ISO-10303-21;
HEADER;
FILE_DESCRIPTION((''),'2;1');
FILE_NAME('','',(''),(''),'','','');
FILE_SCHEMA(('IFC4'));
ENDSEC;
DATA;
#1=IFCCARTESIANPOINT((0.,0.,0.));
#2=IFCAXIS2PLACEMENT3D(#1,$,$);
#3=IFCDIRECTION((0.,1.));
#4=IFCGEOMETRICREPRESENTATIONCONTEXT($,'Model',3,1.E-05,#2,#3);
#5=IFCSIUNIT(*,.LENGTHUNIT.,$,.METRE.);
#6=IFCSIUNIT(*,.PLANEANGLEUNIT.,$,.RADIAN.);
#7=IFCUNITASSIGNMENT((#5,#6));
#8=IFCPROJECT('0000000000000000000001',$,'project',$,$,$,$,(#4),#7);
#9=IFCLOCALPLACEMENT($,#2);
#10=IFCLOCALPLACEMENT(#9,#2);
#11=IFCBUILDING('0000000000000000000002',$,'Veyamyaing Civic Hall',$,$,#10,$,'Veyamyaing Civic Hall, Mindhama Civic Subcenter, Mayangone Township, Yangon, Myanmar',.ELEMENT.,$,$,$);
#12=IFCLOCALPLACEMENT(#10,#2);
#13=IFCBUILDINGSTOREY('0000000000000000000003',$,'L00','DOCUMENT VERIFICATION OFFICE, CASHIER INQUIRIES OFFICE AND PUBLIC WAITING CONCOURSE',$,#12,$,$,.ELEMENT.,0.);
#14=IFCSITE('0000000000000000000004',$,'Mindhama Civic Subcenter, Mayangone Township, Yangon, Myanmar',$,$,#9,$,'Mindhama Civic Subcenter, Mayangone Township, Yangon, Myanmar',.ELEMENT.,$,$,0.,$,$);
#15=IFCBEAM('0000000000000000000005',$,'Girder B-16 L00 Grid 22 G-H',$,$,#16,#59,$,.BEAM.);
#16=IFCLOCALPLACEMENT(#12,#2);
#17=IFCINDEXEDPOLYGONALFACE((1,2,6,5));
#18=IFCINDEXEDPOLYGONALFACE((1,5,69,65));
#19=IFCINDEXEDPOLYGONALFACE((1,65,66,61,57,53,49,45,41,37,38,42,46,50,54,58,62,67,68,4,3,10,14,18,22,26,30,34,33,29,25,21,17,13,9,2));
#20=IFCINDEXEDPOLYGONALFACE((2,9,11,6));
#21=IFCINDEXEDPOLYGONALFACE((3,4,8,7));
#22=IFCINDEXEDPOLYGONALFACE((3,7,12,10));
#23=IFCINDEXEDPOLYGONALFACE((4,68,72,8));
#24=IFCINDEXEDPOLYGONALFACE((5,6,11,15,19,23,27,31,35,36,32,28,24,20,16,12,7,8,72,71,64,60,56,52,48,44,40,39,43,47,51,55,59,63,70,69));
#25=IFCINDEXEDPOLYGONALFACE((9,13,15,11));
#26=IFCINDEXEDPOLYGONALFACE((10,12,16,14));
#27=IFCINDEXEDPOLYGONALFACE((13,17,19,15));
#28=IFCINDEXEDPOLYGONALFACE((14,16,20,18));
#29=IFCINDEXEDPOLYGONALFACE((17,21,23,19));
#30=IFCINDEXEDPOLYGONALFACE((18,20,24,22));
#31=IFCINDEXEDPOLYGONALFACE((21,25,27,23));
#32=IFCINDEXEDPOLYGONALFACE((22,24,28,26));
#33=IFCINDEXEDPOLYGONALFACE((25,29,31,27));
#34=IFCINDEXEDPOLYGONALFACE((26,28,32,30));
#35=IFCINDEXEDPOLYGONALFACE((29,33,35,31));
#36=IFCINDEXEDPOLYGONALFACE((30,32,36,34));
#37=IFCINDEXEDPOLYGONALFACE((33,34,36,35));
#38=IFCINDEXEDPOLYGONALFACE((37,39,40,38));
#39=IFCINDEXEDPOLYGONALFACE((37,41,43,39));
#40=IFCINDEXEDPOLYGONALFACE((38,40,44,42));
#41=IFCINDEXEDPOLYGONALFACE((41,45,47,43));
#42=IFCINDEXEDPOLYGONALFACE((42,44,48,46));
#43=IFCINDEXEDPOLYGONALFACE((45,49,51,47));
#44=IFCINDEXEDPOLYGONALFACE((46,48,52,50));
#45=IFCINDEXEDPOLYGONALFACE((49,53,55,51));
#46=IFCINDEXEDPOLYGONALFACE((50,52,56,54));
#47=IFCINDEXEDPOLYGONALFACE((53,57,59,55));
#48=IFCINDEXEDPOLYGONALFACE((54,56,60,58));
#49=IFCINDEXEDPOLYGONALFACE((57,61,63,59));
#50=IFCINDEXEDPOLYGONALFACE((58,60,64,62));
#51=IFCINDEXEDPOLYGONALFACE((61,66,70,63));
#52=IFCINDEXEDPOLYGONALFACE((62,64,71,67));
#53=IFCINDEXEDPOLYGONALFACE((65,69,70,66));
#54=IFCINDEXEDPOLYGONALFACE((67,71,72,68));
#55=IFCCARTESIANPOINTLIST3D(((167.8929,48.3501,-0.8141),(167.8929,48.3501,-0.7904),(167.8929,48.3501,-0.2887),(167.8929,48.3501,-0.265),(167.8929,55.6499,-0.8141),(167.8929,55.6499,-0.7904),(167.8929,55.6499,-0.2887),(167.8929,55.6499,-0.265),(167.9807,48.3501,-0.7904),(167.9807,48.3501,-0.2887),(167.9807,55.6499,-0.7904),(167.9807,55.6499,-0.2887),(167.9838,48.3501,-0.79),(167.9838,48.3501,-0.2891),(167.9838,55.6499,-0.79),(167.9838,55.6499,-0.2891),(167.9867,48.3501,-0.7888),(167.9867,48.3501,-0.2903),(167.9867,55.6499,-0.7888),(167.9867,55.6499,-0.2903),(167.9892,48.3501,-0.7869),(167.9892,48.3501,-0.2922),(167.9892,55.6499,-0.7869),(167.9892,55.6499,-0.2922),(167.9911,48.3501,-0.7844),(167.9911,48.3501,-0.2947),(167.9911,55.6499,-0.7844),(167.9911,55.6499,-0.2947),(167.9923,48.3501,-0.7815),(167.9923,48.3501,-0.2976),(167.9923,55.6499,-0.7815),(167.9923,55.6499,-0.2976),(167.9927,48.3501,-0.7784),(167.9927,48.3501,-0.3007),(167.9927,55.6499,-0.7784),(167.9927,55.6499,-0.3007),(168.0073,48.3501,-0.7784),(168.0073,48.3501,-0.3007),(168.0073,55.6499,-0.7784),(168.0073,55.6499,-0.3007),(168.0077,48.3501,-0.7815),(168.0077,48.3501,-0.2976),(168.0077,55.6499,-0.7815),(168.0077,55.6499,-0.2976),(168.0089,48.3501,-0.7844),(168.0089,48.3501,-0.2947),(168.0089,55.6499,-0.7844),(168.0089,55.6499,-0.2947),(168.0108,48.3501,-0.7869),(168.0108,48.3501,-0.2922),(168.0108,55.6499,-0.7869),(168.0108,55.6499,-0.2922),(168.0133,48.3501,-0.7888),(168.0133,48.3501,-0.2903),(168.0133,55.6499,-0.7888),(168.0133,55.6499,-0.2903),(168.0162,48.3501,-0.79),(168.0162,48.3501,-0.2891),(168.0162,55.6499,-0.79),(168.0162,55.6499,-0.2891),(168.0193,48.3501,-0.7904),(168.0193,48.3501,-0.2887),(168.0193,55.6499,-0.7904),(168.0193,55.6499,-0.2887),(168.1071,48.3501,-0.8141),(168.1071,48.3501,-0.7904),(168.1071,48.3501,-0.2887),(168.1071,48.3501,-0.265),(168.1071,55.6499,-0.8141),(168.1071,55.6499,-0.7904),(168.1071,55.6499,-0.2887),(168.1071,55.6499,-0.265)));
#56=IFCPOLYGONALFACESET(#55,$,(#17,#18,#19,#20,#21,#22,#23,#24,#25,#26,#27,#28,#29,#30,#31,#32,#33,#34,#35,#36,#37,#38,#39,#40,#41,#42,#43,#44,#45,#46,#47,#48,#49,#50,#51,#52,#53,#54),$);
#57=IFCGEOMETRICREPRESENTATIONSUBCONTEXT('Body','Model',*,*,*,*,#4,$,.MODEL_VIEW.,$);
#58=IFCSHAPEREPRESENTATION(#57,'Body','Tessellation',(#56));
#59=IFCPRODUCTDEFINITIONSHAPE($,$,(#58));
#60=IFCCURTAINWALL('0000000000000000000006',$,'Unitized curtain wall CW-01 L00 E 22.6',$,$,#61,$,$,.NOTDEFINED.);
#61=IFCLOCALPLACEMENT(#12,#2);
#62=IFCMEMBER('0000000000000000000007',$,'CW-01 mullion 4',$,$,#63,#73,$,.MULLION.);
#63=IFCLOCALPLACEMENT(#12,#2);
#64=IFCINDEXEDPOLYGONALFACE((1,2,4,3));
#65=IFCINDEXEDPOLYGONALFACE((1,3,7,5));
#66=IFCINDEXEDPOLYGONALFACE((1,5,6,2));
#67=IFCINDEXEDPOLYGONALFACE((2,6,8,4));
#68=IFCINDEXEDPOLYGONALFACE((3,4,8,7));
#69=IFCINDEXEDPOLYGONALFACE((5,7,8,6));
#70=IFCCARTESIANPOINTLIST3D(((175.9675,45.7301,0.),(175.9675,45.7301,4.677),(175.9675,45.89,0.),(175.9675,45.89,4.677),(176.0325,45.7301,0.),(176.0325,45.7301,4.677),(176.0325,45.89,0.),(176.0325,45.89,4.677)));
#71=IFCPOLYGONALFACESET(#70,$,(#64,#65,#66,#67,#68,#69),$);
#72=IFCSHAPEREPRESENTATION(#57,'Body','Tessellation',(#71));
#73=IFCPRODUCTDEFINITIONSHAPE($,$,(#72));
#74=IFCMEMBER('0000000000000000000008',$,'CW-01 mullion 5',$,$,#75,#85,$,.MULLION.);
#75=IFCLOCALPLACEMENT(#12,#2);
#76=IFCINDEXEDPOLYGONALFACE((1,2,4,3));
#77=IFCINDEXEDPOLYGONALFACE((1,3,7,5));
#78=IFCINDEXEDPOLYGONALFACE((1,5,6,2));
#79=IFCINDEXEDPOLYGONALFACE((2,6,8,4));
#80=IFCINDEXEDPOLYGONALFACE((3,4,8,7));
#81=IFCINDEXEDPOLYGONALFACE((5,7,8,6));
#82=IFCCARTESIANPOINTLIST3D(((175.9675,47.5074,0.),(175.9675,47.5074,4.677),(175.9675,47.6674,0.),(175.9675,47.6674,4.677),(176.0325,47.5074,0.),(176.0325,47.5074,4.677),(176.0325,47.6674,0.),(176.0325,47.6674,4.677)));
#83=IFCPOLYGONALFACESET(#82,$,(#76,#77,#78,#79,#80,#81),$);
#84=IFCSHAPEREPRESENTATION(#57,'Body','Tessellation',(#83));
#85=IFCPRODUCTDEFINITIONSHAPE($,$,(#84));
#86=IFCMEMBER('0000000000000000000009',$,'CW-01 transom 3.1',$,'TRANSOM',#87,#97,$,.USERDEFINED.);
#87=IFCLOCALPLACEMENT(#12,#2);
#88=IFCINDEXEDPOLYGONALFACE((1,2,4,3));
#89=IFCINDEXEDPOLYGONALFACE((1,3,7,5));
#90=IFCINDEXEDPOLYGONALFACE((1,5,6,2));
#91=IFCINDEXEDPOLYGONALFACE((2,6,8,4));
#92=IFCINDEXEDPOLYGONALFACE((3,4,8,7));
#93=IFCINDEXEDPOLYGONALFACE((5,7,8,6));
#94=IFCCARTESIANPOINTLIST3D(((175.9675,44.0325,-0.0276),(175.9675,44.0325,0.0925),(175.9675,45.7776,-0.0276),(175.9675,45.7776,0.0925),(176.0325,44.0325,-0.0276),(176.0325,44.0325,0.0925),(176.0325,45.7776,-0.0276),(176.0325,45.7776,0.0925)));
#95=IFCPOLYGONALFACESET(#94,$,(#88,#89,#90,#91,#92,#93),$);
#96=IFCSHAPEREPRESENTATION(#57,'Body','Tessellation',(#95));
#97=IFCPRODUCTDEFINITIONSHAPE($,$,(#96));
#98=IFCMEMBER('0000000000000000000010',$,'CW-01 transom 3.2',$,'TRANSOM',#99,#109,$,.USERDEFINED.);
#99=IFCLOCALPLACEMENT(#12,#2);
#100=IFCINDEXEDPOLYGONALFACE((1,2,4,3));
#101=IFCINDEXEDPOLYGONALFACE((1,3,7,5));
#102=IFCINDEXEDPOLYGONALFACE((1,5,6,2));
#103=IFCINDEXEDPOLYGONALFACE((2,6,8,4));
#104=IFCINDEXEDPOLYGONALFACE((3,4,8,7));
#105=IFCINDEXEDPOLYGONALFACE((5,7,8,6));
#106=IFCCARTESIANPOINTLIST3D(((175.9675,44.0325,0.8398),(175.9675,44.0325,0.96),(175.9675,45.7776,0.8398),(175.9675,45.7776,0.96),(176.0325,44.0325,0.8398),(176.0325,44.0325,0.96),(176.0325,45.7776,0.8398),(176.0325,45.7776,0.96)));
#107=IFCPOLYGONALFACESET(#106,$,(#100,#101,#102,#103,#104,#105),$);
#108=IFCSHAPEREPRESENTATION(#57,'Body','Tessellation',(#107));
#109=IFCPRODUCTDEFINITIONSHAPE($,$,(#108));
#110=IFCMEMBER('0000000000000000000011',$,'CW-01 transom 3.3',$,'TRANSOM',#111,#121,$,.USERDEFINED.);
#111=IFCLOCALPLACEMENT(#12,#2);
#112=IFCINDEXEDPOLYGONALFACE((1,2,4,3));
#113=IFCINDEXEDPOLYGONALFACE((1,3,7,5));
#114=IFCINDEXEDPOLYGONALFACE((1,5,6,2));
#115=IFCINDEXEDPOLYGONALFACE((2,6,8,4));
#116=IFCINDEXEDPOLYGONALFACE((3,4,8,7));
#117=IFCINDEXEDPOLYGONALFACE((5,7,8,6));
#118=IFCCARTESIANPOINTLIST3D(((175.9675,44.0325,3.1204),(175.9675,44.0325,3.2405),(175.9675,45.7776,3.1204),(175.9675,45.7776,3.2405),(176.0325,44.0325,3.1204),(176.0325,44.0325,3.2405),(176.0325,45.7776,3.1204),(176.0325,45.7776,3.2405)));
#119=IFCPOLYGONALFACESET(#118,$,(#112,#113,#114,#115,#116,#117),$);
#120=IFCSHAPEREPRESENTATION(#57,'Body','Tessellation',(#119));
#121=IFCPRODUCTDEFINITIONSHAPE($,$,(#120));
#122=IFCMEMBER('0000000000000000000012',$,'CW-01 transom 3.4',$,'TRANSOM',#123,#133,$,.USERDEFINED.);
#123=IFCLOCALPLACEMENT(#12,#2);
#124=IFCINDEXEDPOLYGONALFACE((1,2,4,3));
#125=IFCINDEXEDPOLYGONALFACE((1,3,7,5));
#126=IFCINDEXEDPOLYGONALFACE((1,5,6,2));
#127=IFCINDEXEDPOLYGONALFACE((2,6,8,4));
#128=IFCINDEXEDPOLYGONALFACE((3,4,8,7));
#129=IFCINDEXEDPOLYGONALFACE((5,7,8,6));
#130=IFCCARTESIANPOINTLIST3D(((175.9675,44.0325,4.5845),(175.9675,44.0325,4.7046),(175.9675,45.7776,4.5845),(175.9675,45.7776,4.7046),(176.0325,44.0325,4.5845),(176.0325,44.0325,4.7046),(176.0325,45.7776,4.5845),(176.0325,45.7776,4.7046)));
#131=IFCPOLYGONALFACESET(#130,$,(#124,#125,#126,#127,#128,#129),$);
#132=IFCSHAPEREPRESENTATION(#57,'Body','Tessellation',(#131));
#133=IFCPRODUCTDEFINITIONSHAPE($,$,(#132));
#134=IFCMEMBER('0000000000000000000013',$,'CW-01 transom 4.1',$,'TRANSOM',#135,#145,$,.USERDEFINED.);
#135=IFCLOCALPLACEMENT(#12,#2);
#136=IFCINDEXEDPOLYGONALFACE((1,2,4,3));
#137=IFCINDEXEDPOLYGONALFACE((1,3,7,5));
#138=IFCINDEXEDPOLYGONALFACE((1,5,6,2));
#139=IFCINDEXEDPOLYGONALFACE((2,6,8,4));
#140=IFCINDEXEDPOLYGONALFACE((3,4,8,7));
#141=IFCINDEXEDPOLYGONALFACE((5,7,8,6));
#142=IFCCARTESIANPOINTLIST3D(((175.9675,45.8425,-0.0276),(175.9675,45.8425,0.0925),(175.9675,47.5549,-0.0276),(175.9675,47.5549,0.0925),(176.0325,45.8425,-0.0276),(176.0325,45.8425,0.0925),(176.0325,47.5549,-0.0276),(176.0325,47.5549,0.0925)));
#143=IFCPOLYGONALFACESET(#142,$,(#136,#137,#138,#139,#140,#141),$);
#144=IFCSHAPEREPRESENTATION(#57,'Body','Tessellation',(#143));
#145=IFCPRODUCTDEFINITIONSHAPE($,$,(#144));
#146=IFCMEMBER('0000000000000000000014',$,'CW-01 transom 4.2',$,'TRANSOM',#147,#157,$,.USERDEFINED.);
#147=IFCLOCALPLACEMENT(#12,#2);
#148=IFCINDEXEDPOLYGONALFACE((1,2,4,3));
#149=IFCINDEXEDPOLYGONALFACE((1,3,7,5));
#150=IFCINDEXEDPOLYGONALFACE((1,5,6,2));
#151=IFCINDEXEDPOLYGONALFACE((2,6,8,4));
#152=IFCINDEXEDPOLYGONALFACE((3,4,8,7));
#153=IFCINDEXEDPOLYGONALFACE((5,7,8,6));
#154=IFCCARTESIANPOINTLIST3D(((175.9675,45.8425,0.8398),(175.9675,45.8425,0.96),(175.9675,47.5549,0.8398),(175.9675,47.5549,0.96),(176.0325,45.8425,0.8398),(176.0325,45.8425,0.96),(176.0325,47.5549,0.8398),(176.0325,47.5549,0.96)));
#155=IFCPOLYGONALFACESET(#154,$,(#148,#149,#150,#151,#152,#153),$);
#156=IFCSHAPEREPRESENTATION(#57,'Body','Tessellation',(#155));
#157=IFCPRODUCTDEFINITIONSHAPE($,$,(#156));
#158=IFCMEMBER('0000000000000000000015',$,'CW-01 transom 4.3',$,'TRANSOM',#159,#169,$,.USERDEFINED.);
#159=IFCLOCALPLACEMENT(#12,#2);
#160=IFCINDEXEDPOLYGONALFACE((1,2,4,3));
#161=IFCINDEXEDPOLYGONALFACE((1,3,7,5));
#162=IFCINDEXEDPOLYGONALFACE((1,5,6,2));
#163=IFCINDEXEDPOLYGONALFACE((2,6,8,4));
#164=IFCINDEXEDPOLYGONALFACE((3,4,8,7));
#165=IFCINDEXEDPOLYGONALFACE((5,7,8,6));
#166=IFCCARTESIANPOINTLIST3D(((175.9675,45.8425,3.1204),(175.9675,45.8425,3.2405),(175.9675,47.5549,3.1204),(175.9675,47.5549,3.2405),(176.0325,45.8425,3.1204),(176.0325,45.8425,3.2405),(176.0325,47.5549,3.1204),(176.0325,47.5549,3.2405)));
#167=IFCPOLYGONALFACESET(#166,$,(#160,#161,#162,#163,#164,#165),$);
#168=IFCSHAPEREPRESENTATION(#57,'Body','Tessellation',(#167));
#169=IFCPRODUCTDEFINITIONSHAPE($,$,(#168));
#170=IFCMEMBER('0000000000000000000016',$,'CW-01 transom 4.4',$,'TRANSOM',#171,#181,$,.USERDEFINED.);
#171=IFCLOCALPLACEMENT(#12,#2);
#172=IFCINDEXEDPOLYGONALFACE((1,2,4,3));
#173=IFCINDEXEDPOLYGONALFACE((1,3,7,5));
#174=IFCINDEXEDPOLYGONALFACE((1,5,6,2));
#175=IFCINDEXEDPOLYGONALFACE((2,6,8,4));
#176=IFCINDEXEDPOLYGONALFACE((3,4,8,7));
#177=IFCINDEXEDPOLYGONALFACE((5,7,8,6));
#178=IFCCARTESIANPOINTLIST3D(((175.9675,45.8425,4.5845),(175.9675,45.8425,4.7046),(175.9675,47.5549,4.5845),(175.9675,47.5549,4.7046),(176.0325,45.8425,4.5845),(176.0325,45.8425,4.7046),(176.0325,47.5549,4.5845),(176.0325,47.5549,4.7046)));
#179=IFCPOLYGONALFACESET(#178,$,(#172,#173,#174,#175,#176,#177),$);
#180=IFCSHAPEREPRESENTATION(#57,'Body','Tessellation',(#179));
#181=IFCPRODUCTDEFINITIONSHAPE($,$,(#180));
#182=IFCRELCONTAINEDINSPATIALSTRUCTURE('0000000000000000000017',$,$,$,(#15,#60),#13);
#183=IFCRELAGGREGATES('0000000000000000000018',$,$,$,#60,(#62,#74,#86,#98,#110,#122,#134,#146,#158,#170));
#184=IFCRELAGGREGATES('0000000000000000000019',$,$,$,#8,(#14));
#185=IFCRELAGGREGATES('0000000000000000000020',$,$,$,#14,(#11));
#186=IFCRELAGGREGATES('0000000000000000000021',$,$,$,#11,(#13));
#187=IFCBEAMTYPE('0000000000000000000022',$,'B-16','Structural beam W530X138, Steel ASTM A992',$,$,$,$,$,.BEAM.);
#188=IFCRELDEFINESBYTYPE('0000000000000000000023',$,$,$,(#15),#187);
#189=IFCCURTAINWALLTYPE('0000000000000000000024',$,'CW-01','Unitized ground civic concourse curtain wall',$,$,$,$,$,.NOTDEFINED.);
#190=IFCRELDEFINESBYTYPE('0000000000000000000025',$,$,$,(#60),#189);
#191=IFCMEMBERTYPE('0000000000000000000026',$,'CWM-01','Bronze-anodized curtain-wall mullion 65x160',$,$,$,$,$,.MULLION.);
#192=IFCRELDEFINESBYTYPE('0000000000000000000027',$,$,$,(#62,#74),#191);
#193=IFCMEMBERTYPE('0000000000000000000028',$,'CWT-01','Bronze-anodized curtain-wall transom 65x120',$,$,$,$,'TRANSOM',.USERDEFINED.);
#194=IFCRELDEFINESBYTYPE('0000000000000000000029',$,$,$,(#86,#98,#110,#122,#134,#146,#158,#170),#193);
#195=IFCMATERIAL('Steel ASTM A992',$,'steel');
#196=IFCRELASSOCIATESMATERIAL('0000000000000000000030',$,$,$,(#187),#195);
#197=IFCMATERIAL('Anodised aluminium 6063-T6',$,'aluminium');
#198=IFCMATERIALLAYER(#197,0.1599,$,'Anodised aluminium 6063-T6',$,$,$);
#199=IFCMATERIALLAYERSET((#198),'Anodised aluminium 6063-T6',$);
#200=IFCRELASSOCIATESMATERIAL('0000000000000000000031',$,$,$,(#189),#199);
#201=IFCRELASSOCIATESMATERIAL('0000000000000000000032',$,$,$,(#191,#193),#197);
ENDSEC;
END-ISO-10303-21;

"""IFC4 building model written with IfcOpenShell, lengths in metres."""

from ifc_helpers import new_model, si_unit, direction, frame, origin, origin_2d, place, context, subcontext, project, spatial, rectangle, i_section, extrude, material, layer, layer_set, material_profile, profile_set, type_object, element, aggregate, save


model = new_model("IFC4")

# Units and contexts
model_context = context("Model", 3, precision=1e-05, world=origin(), true_north=direction((0.0, 1.0)))
body_context = subcontext(model_context, "Body", "Model", "MODEL_VIEW")
ifc_project = project(units=[si_unit("LENGTHUNIT", "METRE"), si_unit("PLANEANGLEUNIT", "RADIAN")], contexts=[model_context])

# Site, building, storey
site_placement = place(None, origin())
site = spatial("IfcSite", under=ifc_project, at=site_placement, Name="Mindhama Civic Subcenter, Mayangone Township, Yangon, Myanmar", LongName="Mindhama Civic Subcenter, Mayangone Township, Yangon, Myanmar", CompositionType="ELEMENT", RefElevation=0.0)
building_placement = place(site_placement, origin())
building = spatial("IfcBuilding", under=site, at=building_placement, Name="Veyamyaing Civic Hall", LongName="Veyamyaing Civic Hall, Mindhama Civic Subcenter, Mayangone Township, Yangon, Myanmar", CompositionType="ELEMENT")
storey_placement = place(building_placement, origin())
storey = spatial("IfcBuildingStorey", under=building, at=storey_placement, Name="L00", Description="DOCUMENT VERIFICATION OFFICE, CASHIER INQUIRIES OFFICE AND PUBLIC WAITING CONCOURSE", CompositionType="ELEMENT", Elevation=0.0)

# Beam
ifc_material_1 = material(Name="Steel ASTM A992", Category="steel")
ifc_material_profile_1 = material_profile(ifc_material_1, i_section(OverallWidth=0.2141, OverallDepth=0.5491, WebThickness=0.0146, FlangeThickness=0.0237, FilletRadius=0.012, at=origin_2d()), Name="W530X138")
ifc_profile_set_1 = profile_set([ifc_material_profile_1], Name="Steel ASTM A992")
beam_type_1 = type_object("IfcBeamType", Name="B-16", Description="Structural beam W530X138, Steel ASTM A992", PredefinedType="BEAM", material=ifc_profile_set_1)
beam_1_placement = place(storey_placement, frame((168.0, 48.3501, -0.5396), z_axis=(0.0, 1.0, 0.0), x_axis=(-1.0, 0.0, 0.0)))
element("IfcBeam", 1, at=beam_1_placement, inside=storey, type_object=beam_type_1, Name="Girder B-16 L00 Grid 22 G-H", PredefinedType="BEAM", context=body_context, shape_type="SweptSolid", body=[
    extrude(i_section(OverallWidth=0.2141, OverallDepth=0.5491, WebThickness=0.0146, FlangeThickness=0.0237, FilletRadius=0.012, at=origin_2d()), origin(), (0.0, 0.0, 1.0), 7.2998),
])

# Curtain wall, members
ifc_material_2 = material(Name="Anodised aluminium 6063-T6", Category="aluminium")
ifc_layer_1 = layer(ifc_material_2, 0.1599, Name="Anodised aluminium 6063-T6")
ifc_layer_set_1 = layer_set([ifc_layer_1], Name="Anodised aluminium 6063-T6")
curtain_wall_type = type_object("IfcCurtainWallType", Name="CW-01", Description="Unitized ground civic concourse curtain wall", PredefinedType="NOTDEFINED", material=ifc_layer_set_1)
curtain_wall_placement = place(storey_placement, origin())
curtain_wall = element("IfcCurtainWall", 2, at=curtain_wall_placement, inside=storey, type_object=curtain_wall_type, Name="Unitized curtain wall CW-01 L00 E 22.6", PredefinedType="NOTDEFINED")
ifc_material_profile_2 = material_profile(ifc_material_2, rectangle(XDim=0.0649, YDim=0.1599, at=origin_2d()), Name="ALU-MUL-65X160")
ifc_profile_set_2 = profile_set([ifc_material_profile_2], Name="Anodised aluminium 6063-T6")
member_type_1 = type_object("IfcMemberType", Name="CWM-01", Description="Bronze-anodized curtain-wall mullion 65x160", PredefinedType="MULLION", material=ifc_profile_set_2)
member_1_placement = place(storey_placement, frame((176.0, 45.8101, 0.0), z_axis=(0.0, 0.0, 1.0), x_axis=(-1.0, 0.0, 0.0)))
member_1 = element("IfcMember", 3, at=member_1_placement, type_object=member_type_1, Name="CW-01 mullion 4", PredefinedType="MULLION", context=body_context, shape_type="SweptSolid", body=[
    extrude(rectangle(XDim=0.0649, YDim=0.1599, at=origin_2d()), origin(), (0.0, 0.0, 1.0), 4.677),
])
member_2_placement = place(storey_placement, frame((176.0, 47.5874, 0.0), z_axis=(0.0, 0.0, 1.0), x_axis=(-1.0, 0.0, 0.0)))
member_2 = element("IfcMember", 4, at=member_2_placement, type_object=member_type_1, Name="CW-01 mullion 5", PredefinedType="MULLION", context=body_context, shape_type="SweptSolid", body=[
    extrude(rectangle(XDim=0.0649, YDim=0.1599, at=origin_2d()), origin(), (0.0, 0.0, 1.0), 4.677),
])
ifc_material_profile_3 = material_profile(ifc_material_2, rectangle(XDim=0.0649, YDim=0.1201, at=origin_2d()), Name="ALU-TRN-65X120")
ifc_profile_set_3 = profile_set([ifc_material_profile_3], Name="Anodised aluminium 6063-T6")
member_type_2 = type_object("IfcMemberType", Name="CWT-01", Description="Bronze-anodized curtain-wall transom 65x120", ElementType="TRANSOM", PredefinedType="USERDEFINED", material=ifc_profile_set_3)
member_3_placement = place(storey_placement, frame((176.0, 44.0325, 0.0325), z_axis=(0.0, 1.0, 0.0), x_axis=(-1.0, 0.0, 0.0)))
member_3 = element("IfcMember", 5, at=member_3_placement, type_object=member_type_2, Name="CW-01 transom 3.1", ObjectType="TRANSOM", PredefinedType="USERDEFINED", context=body_context, shape_type="SweptSolid", body=[
    extrude(rectangle(XDim=0.0649, YDim=0.1201, at=origin_2d()), origin(), (0.0, 0.0, 1.0), 1.7451),
])
member_4_placement = place(storey_placement, frame((176.0, 44.0325, 0.8999), z_axis=(0.0, 1.0, 0.0), x_axis=(-1.0, 0.0, 0.0)))
member_4 = element("IfcMember", 6, at=member_4_placement, type_object=member_type_2, Name="CW-01 transom 3.2", ObjectType="TRANSOM", PredefinedType="USERDEFINED", context=body_context, shape_type="SweptSolid", body=[
    extrude(rectangle(XDim=0.0649, YDim=0.1201, at=origin_2d()), origin(), (0.0, 0.0, 1.0), 1.7451),
])
member_5_placement = place(storey_placement, frame((176.0, 44.0325, 3.1804), z_axis=(0.0, 1.0, 0.0), x_axis=(-1.0, 0.0, 0.0)))
member_5 = element("IfcMember", 7, at=member_5_placement, type_object=member_type_2, Name="CW-01 transom 3.3", ObjectType="TRANSOM", PredefinedType="USERDEFINED", context=body_context, shape_type="SweptSolid", body=[
    extrude(rectangle(XDim=0.0649, YDim=0.1201, at=origin_2d()), origin(), (0.0, 0.0, 1.0), 1.7451),
])
member_6_placement = place(storey_placement, frame((176.0, 44.0325, 4.6445), z_axis=(0.0, 1.0, 0.0), x_axis=(-1.0, 0.0, 0.0)))
member_6 = element("IfcMember", 8, at=member_6_placement, type_object=member_type_2, Name="CW-01 transom 3.4", ObjectType="TRANSOM", PredefinedType="USERDEFINED", context=body_context, shape_type="SweptSolid", body=[
    extrude(rectangle(XDim=0.0649, YDim=0.1201, at=origin_2d()), origin(), (0.0, 0.0, 1.0), 1.7451),
])
member_7_placement = place(storey_placement, frame((176.0, 45.8425, 0.0325), z_axis=(0.0, 1.0, 0.0), x_axis=(-1.0, 0.0, 0.0)))
member_7 = element("IfcMember", 9, at=member_7_placement, type_object=member_type_2, Name="CW-01 transom 4.1", ObjectType="TRANSOM", PredefinedType="USERDEFINED", context=body_context, shape_type="SweptSolid", body=[
    extrude(rectangle(XDim=0.0649, YDim=0.1201, at=origin_2d()), origin(), (0.0, 0.0, 1.0), 1.7124),
])
member_8_placement = place(storey_placement, frame((176.0, 45.8425, 0.8999), z_axis=(0.0, 1.0, 0.0), x_axis=(-1.0, 0.0, 0.0)))
member_8 = element("IfcMember", 10, at=member_8_placement, type_object=member_type_2, Name="CW-01 transom 4.2", ObjectType="TRANSOM", PredefinedType="USERDEFINED", context=body_context, shape_type="SweptSolid", body=[
    extrude(rectangle(XDim=0.0649, YDim=0.1201, at=origin_2d()), origin(), (0.0, 0.0, 1.0), 1.7124),
])
member_9_placement = place(storey_placement, frame((176.0, 45.8425, 3.1804), z_axis=(0.0, 1.0, 0.0), x_axis=(-1.0, 0.0, 0.0)))
member_9 = element("IfcMember", 11, at=member_9_placement, type_object=member_type_2, Name="CW-01 transom 4.3", ObjectType="TRANSOM", PredefinedType="USERDEFINED", context=body_context, shape_type="SweptSolid", body=[
    extrude(rectangle(XDim=0.0649, YDim=0.1201, at=origin_2d()), origin(), (0.0, 0.0, 1.0), 1.7124),
])
member_10_placement = place(storey_placement, frame((176.0, 45.8425, 4.6445), z_axis=(0.0, 1.0, 0.0), x_axis=(-1.0, 0.0, 0.0)))
member_10 = element("IfcMember", 12, at=member_10_placement, type_object=member_type_2, Name="CW-01 transom 4.4", ObjectType="TRANSOM", PredefinedType="USERDEFINED", context=body_context, shape_type="SweptSolid", body=[
    extrude(rectangle(XDim=0.0649, YDim=0.1201, at=origin_2d()), origin(), (0.0, 0.0, 1.0), 1.7124),
])

aggregate(curtain_wall, [member_1, member_2, member_3, member_4, member_5, member_6, member_7, member_8, member_9, member_10])

save(model, "model.ifc")
